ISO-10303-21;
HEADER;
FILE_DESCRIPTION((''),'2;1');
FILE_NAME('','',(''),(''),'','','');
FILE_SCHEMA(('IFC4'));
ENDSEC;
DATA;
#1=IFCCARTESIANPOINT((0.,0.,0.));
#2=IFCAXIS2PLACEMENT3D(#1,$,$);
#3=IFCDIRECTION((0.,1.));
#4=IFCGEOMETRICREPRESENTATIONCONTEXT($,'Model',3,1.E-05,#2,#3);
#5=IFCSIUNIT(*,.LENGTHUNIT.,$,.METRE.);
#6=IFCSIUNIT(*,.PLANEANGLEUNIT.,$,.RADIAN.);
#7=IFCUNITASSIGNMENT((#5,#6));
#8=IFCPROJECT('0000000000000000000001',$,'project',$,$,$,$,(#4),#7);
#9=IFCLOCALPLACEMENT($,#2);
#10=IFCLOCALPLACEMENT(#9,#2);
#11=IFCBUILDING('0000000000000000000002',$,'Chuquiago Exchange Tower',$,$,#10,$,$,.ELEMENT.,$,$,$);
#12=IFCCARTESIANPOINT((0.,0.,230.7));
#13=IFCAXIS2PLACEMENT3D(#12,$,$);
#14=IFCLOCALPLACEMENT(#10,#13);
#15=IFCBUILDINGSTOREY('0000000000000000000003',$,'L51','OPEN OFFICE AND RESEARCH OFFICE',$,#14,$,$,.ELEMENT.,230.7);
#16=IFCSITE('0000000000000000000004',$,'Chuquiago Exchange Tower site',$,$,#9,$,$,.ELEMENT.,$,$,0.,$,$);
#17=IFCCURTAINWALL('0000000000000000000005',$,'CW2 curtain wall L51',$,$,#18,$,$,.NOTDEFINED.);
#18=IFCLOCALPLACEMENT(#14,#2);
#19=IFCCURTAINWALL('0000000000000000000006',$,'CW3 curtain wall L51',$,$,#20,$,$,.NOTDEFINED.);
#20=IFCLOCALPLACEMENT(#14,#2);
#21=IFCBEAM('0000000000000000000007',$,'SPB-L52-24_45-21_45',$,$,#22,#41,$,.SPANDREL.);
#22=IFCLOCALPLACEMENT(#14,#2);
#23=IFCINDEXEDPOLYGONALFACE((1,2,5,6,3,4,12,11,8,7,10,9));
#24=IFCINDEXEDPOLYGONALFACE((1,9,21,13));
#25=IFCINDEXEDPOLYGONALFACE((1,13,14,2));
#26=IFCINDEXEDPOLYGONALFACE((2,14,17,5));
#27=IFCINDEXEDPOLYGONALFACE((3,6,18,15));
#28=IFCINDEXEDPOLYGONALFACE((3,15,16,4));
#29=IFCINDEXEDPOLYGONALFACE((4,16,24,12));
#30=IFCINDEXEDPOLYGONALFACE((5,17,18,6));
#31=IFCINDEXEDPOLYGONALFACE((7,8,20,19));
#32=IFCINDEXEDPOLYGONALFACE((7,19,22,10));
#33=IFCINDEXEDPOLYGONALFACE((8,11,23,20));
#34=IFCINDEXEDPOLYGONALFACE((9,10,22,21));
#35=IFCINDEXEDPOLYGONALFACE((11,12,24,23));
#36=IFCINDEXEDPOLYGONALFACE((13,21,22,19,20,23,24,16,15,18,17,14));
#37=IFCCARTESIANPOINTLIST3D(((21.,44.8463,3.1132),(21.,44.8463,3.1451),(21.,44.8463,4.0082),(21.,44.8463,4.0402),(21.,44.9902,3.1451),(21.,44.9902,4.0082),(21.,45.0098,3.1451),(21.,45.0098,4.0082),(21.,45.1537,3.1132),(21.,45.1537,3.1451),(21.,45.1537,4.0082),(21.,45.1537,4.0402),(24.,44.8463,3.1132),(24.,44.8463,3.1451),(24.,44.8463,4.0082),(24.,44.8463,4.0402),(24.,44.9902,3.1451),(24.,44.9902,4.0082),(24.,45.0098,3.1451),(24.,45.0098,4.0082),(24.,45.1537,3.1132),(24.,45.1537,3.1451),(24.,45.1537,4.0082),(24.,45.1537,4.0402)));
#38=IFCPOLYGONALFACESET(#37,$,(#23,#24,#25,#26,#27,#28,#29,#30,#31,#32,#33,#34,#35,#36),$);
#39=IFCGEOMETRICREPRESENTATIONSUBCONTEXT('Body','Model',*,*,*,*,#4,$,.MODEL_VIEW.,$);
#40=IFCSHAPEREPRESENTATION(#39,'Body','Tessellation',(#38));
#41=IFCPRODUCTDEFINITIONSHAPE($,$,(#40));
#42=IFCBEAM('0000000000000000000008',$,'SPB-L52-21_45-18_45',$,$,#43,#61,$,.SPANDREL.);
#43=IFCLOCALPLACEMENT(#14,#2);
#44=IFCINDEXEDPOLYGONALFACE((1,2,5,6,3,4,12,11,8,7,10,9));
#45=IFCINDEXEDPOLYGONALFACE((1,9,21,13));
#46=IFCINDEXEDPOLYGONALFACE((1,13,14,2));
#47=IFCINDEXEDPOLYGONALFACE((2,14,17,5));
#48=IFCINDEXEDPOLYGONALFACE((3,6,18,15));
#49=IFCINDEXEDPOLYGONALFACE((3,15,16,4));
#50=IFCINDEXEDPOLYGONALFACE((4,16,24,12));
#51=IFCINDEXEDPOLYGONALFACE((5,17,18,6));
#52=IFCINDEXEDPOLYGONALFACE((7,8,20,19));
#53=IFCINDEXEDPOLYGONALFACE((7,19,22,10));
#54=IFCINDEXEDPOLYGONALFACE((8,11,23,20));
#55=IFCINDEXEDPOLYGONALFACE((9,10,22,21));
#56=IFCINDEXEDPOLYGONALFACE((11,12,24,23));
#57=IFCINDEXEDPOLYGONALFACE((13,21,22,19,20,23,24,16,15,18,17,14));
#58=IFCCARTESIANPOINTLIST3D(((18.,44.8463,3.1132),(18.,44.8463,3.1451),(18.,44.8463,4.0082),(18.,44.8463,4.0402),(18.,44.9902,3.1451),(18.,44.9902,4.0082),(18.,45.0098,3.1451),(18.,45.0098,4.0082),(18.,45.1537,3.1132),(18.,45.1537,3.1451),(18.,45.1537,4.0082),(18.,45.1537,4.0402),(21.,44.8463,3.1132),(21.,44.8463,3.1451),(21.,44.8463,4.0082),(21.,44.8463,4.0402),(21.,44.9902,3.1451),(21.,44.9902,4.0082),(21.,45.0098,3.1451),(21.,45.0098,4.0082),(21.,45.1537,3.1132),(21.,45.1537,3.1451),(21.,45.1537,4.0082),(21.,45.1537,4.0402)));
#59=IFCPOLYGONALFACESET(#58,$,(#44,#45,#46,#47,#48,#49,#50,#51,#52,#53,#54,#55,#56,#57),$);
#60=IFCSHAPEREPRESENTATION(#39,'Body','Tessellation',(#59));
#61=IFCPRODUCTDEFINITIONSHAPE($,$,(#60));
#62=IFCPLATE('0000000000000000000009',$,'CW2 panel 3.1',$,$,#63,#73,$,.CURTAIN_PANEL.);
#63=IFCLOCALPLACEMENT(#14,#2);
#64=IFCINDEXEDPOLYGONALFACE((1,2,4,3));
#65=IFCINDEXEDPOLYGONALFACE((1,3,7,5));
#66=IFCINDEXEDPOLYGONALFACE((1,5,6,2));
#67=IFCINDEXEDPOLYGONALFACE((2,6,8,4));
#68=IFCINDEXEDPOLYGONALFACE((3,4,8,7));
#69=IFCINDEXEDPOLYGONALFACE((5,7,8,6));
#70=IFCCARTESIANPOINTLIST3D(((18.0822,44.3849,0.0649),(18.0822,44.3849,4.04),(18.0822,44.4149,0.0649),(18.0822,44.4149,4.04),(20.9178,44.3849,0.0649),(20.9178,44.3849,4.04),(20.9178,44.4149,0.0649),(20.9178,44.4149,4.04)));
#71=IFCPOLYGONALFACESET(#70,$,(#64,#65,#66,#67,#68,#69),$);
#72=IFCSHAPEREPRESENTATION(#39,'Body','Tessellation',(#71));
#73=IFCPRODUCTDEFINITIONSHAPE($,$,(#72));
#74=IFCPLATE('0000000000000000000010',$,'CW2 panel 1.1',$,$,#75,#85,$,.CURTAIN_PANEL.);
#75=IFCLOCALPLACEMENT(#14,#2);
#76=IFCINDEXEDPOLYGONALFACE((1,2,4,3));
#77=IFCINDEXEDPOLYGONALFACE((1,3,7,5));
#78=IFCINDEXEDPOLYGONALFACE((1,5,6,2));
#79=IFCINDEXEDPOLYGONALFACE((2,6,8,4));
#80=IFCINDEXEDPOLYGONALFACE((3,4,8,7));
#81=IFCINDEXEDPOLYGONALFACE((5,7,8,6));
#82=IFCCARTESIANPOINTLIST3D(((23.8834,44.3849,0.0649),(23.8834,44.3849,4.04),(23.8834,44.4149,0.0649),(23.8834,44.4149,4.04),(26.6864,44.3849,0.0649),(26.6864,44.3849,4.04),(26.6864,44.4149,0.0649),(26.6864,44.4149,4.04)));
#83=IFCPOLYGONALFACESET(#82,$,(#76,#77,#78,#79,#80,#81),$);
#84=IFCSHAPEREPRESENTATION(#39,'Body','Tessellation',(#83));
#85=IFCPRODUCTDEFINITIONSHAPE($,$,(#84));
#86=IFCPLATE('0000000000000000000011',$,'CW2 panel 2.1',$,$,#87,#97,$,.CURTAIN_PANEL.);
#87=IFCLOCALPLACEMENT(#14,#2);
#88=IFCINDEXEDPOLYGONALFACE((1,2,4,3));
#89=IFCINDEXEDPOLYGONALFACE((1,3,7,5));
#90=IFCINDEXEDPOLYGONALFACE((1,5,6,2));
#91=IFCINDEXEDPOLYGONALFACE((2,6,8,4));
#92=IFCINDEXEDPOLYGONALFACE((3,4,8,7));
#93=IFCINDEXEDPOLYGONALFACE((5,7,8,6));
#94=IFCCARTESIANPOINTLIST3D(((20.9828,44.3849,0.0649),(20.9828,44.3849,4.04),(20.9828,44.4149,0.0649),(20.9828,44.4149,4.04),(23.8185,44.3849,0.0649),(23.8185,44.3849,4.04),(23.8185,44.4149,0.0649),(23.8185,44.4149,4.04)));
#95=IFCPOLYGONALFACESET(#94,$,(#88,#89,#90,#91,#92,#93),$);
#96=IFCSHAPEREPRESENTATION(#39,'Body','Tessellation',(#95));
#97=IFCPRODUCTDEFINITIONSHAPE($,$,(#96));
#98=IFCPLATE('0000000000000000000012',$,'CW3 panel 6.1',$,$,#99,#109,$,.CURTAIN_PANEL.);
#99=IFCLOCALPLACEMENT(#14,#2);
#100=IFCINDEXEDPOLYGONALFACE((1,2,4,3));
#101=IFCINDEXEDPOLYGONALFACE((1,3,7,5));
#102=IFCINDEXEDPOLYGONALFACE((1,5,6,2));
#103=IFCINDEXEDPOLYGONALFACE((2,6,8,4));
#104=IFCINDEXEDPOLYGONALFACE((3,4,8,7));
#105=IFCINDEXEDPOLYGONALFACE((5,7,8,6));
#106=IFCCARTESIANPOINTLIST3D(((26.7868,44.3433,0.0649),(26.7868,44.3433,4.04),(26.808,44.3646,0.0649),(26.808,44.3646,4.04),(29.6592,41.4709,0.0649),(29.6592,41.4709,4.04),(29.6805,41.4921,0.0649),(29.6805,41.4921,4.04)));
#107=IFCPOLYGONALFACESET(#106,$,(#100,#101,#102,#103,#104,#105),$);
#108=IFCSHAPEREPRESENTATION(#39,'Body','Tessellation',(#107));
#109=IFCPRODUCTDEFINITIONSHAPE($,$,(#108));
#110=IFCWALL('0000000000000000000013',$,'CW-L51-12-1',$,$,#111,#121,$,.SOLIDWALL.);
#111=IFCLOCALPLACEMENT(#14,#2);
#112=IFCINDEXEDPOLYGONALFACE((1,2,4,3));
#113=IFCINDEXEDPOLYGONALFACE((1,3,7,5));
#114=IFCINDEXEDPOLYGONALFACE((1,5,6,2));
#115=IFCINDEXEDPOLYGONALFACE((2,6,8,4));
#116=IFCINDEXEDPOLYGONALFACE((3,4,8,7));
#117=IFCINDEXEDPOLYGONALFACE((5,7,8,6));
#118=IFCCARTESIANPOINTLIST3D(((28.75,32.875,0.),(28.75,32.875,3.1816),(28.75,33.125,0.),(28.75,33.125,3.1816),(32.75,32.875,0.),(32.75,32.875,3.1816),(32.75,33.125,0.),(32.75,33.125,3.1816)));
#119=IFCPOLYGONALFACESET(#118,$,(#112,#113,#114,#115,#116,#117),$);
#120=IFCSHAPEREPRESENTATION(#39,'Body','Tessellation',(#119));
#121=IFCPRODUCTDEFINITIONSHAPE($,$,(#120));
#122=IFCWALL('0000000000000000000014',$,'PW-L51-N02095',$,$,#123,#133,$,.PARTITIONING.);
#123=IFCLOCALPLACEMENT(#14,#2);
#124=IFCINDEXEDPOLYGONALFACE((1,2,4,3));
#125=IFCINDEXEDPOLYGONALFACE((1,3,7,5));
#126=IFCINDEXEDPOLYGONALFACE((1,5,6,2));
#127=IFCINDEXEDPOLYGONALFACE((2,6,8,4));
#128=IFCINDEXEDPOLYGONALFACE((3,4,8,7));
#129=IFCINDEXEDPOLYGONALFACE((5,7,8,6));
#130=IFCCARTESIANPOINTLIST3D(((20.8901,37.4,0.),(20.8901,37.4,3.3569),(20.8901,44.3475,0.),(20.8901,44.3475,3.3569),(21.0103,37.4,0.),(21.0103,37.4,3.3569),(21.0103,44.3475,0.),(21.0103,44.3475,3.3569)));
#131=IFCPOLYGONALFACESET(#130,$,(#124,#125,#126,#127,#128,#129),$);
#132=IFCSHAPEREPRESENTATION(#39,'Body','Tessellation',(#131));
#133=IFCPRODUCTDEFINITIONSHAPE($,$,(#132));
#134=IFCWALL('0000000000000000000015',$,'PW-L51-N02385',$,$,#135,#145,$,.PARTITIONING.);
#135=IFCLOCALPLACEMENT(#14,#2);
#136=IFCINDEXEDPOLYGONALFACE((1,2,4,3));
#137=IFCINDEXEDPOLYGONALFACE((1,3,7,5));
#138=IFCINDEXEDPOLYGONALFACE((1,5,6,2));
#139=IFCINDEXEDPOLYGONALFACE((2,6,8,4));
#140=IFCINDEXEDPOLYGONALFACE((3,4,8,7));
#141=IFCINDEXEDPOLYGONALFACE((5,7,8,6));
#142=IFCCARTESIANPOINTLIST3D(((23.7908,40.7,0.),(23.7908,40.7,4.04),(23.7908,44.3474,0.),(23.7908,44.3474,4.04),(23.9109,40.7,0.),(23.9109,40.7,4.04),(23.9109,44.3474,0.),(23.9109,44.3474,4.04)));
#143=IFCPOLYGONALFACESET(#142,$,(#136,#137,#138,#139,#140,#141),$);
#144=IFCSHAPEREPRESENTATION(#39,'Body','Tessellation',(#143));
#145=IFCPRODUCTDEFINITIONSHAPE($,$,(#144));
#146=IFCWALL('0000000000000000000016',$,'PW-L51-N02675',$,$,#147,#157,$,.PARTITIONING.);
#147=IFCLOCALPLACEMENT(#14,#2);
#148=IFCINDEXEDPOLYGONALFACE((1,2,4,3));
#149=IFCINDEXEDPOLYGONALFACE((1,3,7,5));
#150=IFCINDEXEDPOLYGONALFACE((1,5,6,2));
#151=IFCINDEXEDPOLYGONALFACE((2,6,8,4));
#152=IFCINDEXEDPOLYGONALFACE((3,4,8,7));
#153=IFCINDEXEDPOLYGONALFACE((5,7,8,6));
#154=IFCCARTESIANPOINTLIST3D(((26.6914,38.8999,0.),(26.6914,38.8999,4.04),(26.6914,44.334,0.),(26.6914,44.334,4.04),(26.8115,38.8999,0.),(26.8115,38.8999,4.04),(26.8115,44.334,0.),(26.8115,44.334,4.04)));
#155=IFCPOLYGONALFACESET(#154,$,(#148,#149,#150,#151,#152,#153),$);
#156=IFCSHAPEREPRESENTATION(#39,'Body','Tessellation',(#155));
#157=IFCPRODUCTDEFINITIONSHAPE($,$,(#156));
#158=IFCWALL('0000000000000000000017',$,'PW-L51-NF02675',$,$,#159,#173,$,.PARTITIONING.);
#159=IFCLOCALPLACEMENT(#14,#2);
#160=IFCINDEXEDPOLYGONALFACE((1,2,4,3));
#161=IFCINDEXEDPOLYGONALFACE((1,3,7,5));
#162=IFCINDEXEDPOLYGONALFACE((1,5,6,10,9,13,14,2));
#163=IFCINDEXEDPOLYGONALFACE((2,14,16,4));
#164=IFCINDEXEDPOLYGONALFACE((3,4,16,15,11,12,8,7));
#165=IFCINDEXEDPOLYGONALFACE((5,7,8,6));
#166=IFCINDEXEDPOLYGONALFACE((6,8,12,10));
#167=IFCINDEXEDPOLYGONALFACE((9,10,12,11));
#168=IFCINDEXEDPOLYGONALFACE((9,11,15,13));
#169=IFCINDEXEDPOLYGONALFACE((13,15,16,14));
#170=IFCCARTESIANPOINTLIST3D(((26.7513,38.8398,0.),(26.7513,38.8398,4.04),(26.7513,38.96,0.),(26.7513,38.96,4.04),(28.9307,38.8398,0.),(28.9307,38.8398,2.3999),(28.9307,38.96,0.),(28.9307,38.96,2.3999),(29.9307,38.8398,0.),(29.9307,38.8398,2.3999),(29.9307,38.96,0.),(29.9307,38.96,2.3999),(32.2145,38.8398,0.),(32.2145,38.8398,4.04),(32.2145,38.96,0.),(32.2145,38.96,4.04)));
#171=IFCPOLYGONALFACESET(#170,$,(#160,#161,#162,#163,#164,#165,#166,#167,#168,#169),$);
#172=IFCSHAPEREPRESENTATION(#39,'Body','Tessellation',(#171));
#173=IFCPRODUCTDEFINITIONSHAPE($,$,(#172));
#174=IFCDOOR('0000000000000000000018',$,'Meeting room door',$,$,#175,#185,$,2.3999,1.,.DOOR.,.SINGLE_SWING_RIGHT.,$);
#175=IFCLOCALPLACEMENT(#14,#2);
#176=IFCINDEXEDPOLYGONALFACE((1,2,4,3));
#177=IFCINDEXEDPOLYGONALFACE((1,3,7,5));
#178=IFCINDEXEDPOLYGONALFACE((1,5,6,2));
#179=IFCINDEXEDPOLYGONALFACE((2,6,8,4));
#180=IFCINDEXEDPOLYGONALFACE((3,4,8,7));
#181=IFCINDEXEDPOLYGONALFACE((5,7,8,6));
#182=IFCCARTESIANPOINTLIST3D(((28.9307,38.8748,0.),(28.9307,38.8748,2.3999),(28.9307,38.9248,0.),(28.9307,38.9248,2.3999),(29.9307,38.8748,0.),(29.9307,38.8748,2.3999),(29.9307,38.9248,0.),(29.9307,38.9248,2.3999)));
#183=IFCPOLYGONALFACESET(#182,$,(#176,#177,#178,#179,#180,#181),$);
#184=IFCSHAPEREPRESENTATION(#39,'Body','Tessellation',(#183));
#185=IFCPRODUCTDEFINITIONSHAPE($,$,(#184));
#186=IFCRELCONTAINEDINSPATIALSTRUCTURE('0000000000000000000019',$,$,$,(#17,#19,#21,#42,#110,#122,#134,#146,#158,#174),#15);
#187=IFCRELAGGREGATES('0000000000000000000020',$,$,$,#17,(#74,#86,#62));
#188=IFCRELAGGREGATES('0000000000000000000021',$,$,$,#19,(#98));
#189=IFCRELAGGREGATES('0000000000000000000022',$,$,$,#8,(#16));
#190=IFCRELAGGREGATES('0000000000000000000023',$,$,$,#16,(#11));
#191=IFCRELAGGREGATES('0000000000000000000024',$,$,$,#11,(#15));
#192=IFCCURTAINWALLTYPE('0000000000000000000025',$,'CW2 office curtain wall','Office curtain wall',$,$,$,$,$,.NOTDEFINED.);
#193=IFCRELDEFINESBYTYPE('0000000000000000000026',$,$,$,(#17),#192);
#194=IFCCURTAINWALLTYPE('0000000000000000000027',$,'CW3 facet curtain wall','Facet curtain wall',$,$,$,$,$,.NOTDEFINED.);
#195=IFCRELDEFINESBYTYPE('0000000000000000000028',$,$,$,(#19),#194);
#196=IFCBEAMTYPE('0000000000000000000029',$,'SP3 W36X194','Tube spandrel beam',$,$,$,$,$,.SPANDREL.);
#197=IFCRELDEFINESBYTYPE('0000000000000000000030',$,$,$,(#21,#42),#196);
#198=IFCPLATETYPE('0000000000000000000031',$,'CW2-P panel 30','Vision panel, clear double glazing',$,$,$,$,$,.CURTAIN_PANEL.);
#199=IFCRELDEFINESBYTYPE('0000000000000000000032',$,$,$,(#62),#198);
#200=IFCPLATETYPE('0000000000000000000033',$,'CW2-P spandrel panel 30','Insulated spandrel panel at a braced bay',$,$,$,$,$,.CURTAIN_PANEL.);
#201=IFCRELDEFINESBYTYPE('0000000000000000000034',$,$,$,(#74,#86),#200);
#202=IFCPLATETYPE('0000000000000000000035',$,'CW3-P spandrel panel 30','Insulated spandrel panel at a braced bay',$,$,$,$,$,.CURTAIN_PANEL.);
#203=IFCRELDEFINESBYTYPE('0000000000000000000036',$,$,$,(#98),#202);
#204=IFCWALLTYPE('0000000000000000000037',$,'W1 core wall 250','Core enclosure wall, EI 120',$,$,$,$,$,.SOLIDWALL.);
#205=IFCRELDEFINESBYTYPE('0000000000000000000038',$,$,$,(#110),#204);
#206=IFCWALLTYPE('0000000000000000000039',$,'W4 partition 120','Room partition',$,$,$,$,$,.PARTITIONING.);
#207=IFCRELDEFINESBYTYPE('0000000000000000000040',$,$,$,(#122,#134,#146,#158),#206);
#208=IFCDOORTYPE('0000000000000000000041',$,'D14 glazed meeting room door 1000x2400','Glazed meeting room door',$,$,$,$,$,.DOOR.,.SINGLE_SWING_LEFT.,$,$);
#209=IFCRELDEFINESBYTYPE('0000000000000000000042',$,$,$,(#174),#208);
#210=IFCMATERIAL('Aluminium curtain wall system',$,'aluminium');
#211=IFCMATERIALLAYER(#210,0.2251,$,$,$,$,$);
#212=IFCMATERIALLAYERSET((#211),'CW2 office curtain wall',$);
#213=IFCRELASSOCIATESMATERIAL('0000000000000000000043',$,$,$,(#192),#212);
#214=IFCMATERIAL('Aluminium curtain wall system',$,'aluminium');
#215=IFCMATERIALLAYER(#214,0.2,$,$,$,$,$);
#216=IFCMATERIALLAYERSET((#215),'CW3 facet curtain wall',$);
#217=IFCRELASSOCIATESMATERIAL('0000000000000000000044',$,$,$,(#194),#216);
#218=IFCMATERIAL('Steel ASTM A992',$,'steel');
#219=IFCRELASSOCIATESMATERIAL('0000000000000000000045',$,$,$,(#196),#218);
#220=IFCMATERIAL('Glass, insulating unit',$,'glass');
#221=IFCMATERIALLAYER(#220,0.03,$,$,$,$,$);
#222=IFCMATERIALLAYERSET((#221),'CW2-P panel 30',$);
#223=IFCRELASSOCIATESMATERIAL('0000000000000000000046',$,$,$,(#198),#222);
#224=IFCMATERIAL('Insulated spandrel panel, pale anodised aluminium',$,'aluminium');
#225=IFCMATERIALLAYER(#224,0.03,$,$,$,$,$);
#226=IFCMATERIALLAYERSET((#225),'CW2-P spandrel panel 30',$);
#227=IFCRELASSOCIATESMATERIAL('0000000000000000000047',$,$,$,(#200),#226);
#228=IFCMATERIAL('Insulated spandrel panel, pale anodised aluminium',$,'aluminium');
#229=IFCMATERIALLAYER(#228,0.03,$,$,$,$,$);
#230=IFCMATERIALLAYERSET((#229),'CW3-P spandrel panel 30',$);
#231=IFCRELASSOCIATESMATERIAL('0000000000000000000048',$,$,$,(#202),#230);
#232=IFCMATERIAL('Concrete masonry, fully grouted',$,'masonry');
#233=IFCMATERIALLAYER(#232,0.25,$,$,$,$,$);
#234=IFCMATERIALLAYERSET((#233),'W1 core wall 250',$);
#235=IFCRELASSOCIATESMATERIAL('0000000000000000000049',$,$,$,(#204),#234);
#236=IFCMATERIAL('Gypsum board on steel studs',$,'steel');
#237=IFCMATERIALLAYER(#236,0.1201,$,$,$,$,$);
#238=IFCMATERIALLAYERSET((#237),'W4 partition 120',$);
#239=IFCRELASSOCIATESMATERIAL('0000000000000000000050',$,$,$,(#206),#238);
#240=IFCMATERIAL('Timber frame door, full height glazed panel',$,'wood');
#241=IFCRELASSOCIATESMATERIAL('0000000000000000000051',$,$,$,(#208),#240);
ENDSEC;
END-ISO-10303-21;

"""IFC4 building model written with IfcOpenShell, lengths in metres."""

from ifc_helpers import new_model, si_unit, direction, frame, frame_2d, origin, origin_2d, place, context, subcontext, project, spatial, rectangle, i_section, extrude, material, layer, layer_set, material_profile, profile_set, type_object, element, fill, aggregate, save


model = new_model("IFC4")

# Units and contexts
model_context = context("Model", 3, precision=1e-05, world=origin(), true_north=direction((0.0, 1.0)))
body_context = subcontext(model_context, "Body", "Model", "MODEL_VIEW")
ifc_project = project(units=[si_unit("LENGTHUNIT", "METRE"), si_unit("PLANEANGLEUNIT", "RADIAN")], contexts=[model_context])

# Site, building, storey
site_placement = place(None, origin())
site = spatial("IfcSite", under=ifc_project, at=site_placement, Name="Chuquiago Exchange Tower site", CompositionType="ELEMENT", RefElevation=0.0)
building_placement = place(site_placement, origin())
building = spatial("IfcBuilding", under=site, at=building_placement, Name="Chuquiago Exchange Tower", CompositionType="ELEMENT")
storey_placement = place(building_placement, frame((0.0, 0.0, 230.7)))
storey = spatial("IfcBuildingStorey", under=building, at=storey_placement, Name="L51", Description="OPEN OFFICE AND RESEARCH OFFICE", CompositionType="ELEMENT", Elevation=230.7)

# Curtain walls
ifc_material_1 = material(Name="Aluminium curtain wall system", Category="aluminium")
ifc_layer_1 = layer(ifc_material_1, 0.2251)
ifc_layer_set_1 = layer_set([ifc_layer_1], Name="CW2 office curtain wall")
curtain_wall_type_1 = type_object("IfcCurtainWallType", Name="CW2 office curtain wall", Description="Office curtain wall", PredefinedType="NOTDEFINED", material=ifc_layer_set_1)
curtain_wall_1_placement = place(storey_placement, origin())
curtain_wall_1 = element("IfcCurtainWall", 1, at=curtain_wall_1_placement, inside=storey, type_object=curtain_wall_type_1, Name="CW2 curtain wall L51", PredefinedType="NOTDEFINED")
ifc_material_2 = material(Name="Aluminium curtain wall system", Category="aluminium")
ifc_layer_2 = layer(ifc_material_2, 0.2)
ifc_layer_set_2 = layer_set([ifc_layer_2], Name="CW3 facet curtain wall")
curtain_wall_type_2 = type_object("IfcCurtainWallType", Name="CW3 facet curtain wall", Description="Facet curtain wall", PredefinedType="NOTDEFINED", material=ifc_layer_set_2)
curtain_wall_2_placement = place(storey_placement, origin())
curtain_wall_2 = element("IfcCurtainWall", 2, at=curtain_wall_2_placement, inside=storey, type_object=curtain_wall_type_2, Name="CW3 curtain wall L51", PredefinedType="NOTDEFINED")

# Beams
ifc_material_3 = material(Name="Steel ASTM A992", Category="steel")
ifc_material_profile_1 = material_profile(ifc_material_3, i_section(OverallWidth=0.3074, OverallDepth=0.927, WebThickness=0.0195, FlangeThickness=0.032, at=origin_2d()), Name="W36X194")
ifc_profile_set_1 = profile_set([ifc_material_profile_1], Name="Steel ASTM A992")
beam_type_1 = type_object("IfcBeamType", Name="SP3 W36X194", Description="Tube spandrel beam", PredefinedType="SPANDREL", material=ifc_profile_set_1)
for number, where, z_axis, x_axis, name in (
    (3, (24.0, 45.0, 3.5767), (-1.0, 0.0, 0.0), (0.0, -1.0, 0.0), "SPB-L52-24_45-21_45"),
    (4, (21.0, 45.0, 3.5767), (-1.0, 0.0, 0.0), (0.0, -1.0, 0.0), "SPB-L52-21_45-18_45"),
):
    element("IfcBeam", number, at=place(storey_placement, frame(where, z_axis=z_axis, x_axis=x_axis)), inside=storey, type_object=beam_type_1, Name=name, PredefinedType="SPANDREL", context=body_context, shape_type="SweptSolid", body=[
        extrude(i_section(OverallWidth=0.3074, OverallDepth=0.927, WebThickness=0.0195, FlangeThickness=0.032, at=origin_2d()), origin(), (0.0, 0.0, 1.0), 3.0),
    ])

# Plates
ifc_material_4 = material(Name="Glass, insulating unit", Category="glass")
ifc_layer_3 = layer(ifc_material_4, 0.03)
ifc_layer_set_3 = layer_set([ifc_layer_3], Name="CW2-P panel 30")
plate_type_1 = type_object("IfcPlateType", Name="CW2-P panel 30", Description="Vision panel, clear double glazing", PredefinedType="CURTAIN_PANEL", material=ifc_layer_set_3)
plate_1_placement = place(storey_placement, frame((19.5, 44.3999, 0.0649), z_axis=(0.0, 0.0, 1.0), x_axis=(-1.0, 0.0, 0.0)))
plate_1 = element("IfcPlate", 5, at=plate_1_placement, type_object=plate_type_1, Name="CW2 panel 3.1", PredefinedType="CURTAIN_PANEL", context=body_context, shape_type="SweptSolid", body=[
    extrude(rectangle(XDim=2.8357, YDim=0.03, at=origin_2d()), origin(), (0.0, 0.0, 1.0), 3.9751),
])
ifc_material_5 = material(Name="Insulated spandrel panel, pale anodised aluminium", Category="aluminium")
ifc_layer_4 = layer(ifc_material_5, 0.03)
ifc_layer_set_4 = layer_set([ifc_layer_4], Name="CW2-P spandrel panel 30")
plate_type_2 = type_object("IfcPlateType", Name="CW2-P spandrel panel 30", Description="Insulated spandrel panel at a braced bay", PredefinedType="CURTAIN_PANEL", material=ifc_layer_set_4)
plate_2_placement = place(storey_placement, frame((25.2849, 44.3999, 0.0649), z_axis=(0.0, 0.0, 1.0), x_axis=(-1.0, 0.0, 0.0)))
plate_2 = element("IfcPlate", 6, at=plate_2_placement, type_object=plate_type_2, Name="CW2 panel 1.1", PredefinedType="CURTAIN_PANEL", context=body_context, shape_type="SweptSolid", body=[
    extrude(rectangle(XDim=2.803, YDim=0.03, at=origin_2d()), origin(), (0.0, 0.0, 1.0), 3.9751),
])
plate_3_placement = place(storey_placement, frame((22.4006, 44.3999, 0.0649), z_axis=(0.0, 0.0, 1.0), x_axis=(-1.0, 0.0, 0.0)))
plate_3 = element("IfcPlate", 7, at=plate_3_placement, type_object=plate_type_2, Name="CW2 panel 2.1", PredefinedType="CURTAIN_PANEL", context=body_context, shape_type="SweptSolid", body=[
    extrude(rectangle(XDim=2.8357, YDim=0.03, at=origin_2d()), origin(), (0.0, 0.0, 1.0), 3.9751),
])
aggregate(curtain_wall_1, [plate_2, plate_3, plate_1])
ifc_material_6 = material(Name="Insulated spandrel panel, pale anodised aluminium", Category="aluminium")
ifc_layer_5 = layer(ifc_material_6, 0.03)
ifc_layer_set_5 = layer_set([ifc_layer_5], Name="CW3-P spandrel panel 30")
plate_type_3 = type_object("IfcPlateType", Name="CW3-P spandrel panel 30", Description="Insulated spandrel panel at a braced bay", PredefinedType="CURTAIN_PANEL", material=ifc_layer_set_5)
plate_4_placement = place(storey_placement, frame((28.2336, 42.9177, 0.0649), z_axis=(0.0, 0.0, 1.0), x_axis=(-0.707107, 0.707107, 0.0)))
plate_4 = element("IfcPlate", 8, at=plate_4_placement, type_object=plate_type_3, Name="CW3 panel 6.1", PredefinedType="CURTAIN_PANEL", context=body_context, shape_type="SweptSolid", body=[
    extrude(rectangle(XDim=4.0623, YDim=0.03, at=origin_2d()), origin(), (0.0, 0.0, 1.0), 3.9751),
])
aggregate(curtain_wall_2, [plate_4])

# Walls
ifc_material_7 = material(Name="Concrete masonry, fully grouted", Category="masonry")
ifc_layer_6 = layer(ifc_material_7, 0.25)
ifc_layer_set_6 = layer_set([ifc_layer_6], Name="W1 core wall 250")
wall_type_1 = type_object("IfcWallType", Name="W1 core wall 250", Description="Core enclosure wall, EI 120", PredefinedType="SOLIDWALL", material=ifc_layer_set_6)
wall_1_placement = place(storey_placement, frame((28.75, 33.0, 0.0), z_axis=(0.0, 0.0, 1.0), x_axis=(1.0, 0.0, 0.0)))
element("IfcWall", 9, at=wall_1_placement, inside=storey, type_object=wall_type_1, Name="CW-L51-12-1", PredefinedType="SOLIDWALL", context=body_context, shape_type="SweptSolid", body=[
    extrude(rectangle(XDim=4.0, YDim=0.25, at=frame_2d((2.0, 0.0))), origin(), (0.0, 0.0, 1.0), 3.1816),
])
ifc_material_8 = material(Name="Gypsum board on steel studs", Category="steel")
ifc_layer_7 = layer(ifc_material_8, 0.1201)
ifc_layer_set_7 = layer_set([ifc_layer_7], Name="W4 partition 120")
wall_type_2 = type_object("IfcWallType", Name="W4 partition 120", Description="Room partition", PredefinedType="PARTITIONING", material=ifc_layer_set_7)
wall_2_placement = place(storey_placement, frame((20.9502, 44.3474, 0.0), z_axis=(0.0, 0.0, 1.0), x_axis=(0.0, -1.0, 0.0)))
element("IfcWall", 10, at=wall_2_placement, inside=storey, type_object=wall_type_2, Name="PW-L51-N02095", PredefinedType="PARTITIONING", context=body_context, shape_type="SweptSolid", body=[
    extrude(rectangle(XDim=6.9475, YDim=0.1201, at=frame_2d((3.4736, 0.0))), origin(), (0.0, 0.0, 1.0), 3.3569),
])
wall_3_placement = place(storey_placement, frame((23.8508, 44.3474, 0.0), z_axis=(0.0, 0.0, 1.0), x_axis=(0.0, -1.0, 0.0)))
element("IfcWall", 11, at=wall_3_placement, inside=storey, type_object=wall_type_2, Name="PW-L51-N02385", PredefinedType="PARTITIONING", context=body_context, shape_type="SweptSolid", body=[
    extrude(rectangle(XDim=3.6475, YDim=0.1201, at=frame_2d((1.8237, 0.0))), origin(), (0.0, 0.0, 1.0), 4.04),
])
wall_4_placement = place(storey_placement, frame((26.7515, 44.334, 0.0), z_axis=(0.0, 0.0, 1.0), x_axis=(0.0, -1.0, 0.0)))
element("IfcWall", 12, at=wall_4_placement, inside=storey, type_object=wall_type_2, Name="PW-L51-N02675", PredefinedType="PARTITIONING", context=body_context, shape_type="SweptSolid", body=[
    extrude(rectangle(XDim=5.4341, YDim=0.1201, at=frame_2d((2.717, 0.0))), origin(), (0.0, 0.0, 1.0), 4.04),
])

# Wall, opening, door
ifc_material_9 = material(Name="Timber frame door, full height glazed panel", Category="wood")
door_type = type_object("IfcDoorType", Name="D14 glazed meeting room door 1000x2400", Description="Glazed meeting room door", OperationType="SINGLE_SWING_LEFT", PredefinedType="DOOR", material=ifc_material_9)
wall_5_placement = place(storey_placement, frame((26.7515, 38.8999, 0.0), z_axis=(0.0, 0.0, 1.0), x_axis=(1.0, 0.0, 0.0)))
wall_5 = element("IfcWall", 13, at=wall_5_placement, inside=storey, type_object=wall_type_2, Name="PW-L51-NF02675", PredefinedType="PARTITIONING", context=body_context, shape_type="SweptSolid", body=[
    extrude(rectangle(XDim=5.4631, YDim=0.1201, at=frame_2d((2.7314, 0.0))), origin(), (0.0, 0.0, 1.0), 4.04),
])
opening_1_placement = place(wall_5_placement, frame((2.1792, 0.0, 0.0)))
opening_1 = element("IfcOpeningElement", 14, at=opening_1_placement, cuts=wall_5, PredefinedType="OPENING", context=body_context, shape_type="SweptSolid", body=[
    extrude(rectangle(XDim=1.0, YDim=2.3999, at=frame_2d((0.5, 1.2))), frame((0.0, 0.0701, 0.0), z_axis=(0.0, -1.0, 0.0), x_axis=(1.0, 0.0, 0.0)), (0.0, 0.0, 1.0), 0.1401),
])
door_1_placement = place(opening_1_placement, origin())
door_1 = element("IfcDoor", 15, at=door_1_placement, inside=storey, type_object=door_type, Name="Meeting room door", OperationType="SINGLE_SWING_RIGHT", OverallHeight=2.3999, OverallWidth=1.0, PredefinedType="DOOR", context=body_context, shape_type="SweptSolid", body=[
    extrude(rectangle(XDim=1.0, YDim=2.3999, at=frame_2d((0.5, 1.2))), frame((0.0, 0.0249, 0.0), z_axis=(0.0, -1.0, 0.0), x_axis=(1.0, 0.0, 0.0)), (0.0, 0.0, 1.0), 0.05),
])
fill(opening_1, door_1)

save(model, "model.ifc")
